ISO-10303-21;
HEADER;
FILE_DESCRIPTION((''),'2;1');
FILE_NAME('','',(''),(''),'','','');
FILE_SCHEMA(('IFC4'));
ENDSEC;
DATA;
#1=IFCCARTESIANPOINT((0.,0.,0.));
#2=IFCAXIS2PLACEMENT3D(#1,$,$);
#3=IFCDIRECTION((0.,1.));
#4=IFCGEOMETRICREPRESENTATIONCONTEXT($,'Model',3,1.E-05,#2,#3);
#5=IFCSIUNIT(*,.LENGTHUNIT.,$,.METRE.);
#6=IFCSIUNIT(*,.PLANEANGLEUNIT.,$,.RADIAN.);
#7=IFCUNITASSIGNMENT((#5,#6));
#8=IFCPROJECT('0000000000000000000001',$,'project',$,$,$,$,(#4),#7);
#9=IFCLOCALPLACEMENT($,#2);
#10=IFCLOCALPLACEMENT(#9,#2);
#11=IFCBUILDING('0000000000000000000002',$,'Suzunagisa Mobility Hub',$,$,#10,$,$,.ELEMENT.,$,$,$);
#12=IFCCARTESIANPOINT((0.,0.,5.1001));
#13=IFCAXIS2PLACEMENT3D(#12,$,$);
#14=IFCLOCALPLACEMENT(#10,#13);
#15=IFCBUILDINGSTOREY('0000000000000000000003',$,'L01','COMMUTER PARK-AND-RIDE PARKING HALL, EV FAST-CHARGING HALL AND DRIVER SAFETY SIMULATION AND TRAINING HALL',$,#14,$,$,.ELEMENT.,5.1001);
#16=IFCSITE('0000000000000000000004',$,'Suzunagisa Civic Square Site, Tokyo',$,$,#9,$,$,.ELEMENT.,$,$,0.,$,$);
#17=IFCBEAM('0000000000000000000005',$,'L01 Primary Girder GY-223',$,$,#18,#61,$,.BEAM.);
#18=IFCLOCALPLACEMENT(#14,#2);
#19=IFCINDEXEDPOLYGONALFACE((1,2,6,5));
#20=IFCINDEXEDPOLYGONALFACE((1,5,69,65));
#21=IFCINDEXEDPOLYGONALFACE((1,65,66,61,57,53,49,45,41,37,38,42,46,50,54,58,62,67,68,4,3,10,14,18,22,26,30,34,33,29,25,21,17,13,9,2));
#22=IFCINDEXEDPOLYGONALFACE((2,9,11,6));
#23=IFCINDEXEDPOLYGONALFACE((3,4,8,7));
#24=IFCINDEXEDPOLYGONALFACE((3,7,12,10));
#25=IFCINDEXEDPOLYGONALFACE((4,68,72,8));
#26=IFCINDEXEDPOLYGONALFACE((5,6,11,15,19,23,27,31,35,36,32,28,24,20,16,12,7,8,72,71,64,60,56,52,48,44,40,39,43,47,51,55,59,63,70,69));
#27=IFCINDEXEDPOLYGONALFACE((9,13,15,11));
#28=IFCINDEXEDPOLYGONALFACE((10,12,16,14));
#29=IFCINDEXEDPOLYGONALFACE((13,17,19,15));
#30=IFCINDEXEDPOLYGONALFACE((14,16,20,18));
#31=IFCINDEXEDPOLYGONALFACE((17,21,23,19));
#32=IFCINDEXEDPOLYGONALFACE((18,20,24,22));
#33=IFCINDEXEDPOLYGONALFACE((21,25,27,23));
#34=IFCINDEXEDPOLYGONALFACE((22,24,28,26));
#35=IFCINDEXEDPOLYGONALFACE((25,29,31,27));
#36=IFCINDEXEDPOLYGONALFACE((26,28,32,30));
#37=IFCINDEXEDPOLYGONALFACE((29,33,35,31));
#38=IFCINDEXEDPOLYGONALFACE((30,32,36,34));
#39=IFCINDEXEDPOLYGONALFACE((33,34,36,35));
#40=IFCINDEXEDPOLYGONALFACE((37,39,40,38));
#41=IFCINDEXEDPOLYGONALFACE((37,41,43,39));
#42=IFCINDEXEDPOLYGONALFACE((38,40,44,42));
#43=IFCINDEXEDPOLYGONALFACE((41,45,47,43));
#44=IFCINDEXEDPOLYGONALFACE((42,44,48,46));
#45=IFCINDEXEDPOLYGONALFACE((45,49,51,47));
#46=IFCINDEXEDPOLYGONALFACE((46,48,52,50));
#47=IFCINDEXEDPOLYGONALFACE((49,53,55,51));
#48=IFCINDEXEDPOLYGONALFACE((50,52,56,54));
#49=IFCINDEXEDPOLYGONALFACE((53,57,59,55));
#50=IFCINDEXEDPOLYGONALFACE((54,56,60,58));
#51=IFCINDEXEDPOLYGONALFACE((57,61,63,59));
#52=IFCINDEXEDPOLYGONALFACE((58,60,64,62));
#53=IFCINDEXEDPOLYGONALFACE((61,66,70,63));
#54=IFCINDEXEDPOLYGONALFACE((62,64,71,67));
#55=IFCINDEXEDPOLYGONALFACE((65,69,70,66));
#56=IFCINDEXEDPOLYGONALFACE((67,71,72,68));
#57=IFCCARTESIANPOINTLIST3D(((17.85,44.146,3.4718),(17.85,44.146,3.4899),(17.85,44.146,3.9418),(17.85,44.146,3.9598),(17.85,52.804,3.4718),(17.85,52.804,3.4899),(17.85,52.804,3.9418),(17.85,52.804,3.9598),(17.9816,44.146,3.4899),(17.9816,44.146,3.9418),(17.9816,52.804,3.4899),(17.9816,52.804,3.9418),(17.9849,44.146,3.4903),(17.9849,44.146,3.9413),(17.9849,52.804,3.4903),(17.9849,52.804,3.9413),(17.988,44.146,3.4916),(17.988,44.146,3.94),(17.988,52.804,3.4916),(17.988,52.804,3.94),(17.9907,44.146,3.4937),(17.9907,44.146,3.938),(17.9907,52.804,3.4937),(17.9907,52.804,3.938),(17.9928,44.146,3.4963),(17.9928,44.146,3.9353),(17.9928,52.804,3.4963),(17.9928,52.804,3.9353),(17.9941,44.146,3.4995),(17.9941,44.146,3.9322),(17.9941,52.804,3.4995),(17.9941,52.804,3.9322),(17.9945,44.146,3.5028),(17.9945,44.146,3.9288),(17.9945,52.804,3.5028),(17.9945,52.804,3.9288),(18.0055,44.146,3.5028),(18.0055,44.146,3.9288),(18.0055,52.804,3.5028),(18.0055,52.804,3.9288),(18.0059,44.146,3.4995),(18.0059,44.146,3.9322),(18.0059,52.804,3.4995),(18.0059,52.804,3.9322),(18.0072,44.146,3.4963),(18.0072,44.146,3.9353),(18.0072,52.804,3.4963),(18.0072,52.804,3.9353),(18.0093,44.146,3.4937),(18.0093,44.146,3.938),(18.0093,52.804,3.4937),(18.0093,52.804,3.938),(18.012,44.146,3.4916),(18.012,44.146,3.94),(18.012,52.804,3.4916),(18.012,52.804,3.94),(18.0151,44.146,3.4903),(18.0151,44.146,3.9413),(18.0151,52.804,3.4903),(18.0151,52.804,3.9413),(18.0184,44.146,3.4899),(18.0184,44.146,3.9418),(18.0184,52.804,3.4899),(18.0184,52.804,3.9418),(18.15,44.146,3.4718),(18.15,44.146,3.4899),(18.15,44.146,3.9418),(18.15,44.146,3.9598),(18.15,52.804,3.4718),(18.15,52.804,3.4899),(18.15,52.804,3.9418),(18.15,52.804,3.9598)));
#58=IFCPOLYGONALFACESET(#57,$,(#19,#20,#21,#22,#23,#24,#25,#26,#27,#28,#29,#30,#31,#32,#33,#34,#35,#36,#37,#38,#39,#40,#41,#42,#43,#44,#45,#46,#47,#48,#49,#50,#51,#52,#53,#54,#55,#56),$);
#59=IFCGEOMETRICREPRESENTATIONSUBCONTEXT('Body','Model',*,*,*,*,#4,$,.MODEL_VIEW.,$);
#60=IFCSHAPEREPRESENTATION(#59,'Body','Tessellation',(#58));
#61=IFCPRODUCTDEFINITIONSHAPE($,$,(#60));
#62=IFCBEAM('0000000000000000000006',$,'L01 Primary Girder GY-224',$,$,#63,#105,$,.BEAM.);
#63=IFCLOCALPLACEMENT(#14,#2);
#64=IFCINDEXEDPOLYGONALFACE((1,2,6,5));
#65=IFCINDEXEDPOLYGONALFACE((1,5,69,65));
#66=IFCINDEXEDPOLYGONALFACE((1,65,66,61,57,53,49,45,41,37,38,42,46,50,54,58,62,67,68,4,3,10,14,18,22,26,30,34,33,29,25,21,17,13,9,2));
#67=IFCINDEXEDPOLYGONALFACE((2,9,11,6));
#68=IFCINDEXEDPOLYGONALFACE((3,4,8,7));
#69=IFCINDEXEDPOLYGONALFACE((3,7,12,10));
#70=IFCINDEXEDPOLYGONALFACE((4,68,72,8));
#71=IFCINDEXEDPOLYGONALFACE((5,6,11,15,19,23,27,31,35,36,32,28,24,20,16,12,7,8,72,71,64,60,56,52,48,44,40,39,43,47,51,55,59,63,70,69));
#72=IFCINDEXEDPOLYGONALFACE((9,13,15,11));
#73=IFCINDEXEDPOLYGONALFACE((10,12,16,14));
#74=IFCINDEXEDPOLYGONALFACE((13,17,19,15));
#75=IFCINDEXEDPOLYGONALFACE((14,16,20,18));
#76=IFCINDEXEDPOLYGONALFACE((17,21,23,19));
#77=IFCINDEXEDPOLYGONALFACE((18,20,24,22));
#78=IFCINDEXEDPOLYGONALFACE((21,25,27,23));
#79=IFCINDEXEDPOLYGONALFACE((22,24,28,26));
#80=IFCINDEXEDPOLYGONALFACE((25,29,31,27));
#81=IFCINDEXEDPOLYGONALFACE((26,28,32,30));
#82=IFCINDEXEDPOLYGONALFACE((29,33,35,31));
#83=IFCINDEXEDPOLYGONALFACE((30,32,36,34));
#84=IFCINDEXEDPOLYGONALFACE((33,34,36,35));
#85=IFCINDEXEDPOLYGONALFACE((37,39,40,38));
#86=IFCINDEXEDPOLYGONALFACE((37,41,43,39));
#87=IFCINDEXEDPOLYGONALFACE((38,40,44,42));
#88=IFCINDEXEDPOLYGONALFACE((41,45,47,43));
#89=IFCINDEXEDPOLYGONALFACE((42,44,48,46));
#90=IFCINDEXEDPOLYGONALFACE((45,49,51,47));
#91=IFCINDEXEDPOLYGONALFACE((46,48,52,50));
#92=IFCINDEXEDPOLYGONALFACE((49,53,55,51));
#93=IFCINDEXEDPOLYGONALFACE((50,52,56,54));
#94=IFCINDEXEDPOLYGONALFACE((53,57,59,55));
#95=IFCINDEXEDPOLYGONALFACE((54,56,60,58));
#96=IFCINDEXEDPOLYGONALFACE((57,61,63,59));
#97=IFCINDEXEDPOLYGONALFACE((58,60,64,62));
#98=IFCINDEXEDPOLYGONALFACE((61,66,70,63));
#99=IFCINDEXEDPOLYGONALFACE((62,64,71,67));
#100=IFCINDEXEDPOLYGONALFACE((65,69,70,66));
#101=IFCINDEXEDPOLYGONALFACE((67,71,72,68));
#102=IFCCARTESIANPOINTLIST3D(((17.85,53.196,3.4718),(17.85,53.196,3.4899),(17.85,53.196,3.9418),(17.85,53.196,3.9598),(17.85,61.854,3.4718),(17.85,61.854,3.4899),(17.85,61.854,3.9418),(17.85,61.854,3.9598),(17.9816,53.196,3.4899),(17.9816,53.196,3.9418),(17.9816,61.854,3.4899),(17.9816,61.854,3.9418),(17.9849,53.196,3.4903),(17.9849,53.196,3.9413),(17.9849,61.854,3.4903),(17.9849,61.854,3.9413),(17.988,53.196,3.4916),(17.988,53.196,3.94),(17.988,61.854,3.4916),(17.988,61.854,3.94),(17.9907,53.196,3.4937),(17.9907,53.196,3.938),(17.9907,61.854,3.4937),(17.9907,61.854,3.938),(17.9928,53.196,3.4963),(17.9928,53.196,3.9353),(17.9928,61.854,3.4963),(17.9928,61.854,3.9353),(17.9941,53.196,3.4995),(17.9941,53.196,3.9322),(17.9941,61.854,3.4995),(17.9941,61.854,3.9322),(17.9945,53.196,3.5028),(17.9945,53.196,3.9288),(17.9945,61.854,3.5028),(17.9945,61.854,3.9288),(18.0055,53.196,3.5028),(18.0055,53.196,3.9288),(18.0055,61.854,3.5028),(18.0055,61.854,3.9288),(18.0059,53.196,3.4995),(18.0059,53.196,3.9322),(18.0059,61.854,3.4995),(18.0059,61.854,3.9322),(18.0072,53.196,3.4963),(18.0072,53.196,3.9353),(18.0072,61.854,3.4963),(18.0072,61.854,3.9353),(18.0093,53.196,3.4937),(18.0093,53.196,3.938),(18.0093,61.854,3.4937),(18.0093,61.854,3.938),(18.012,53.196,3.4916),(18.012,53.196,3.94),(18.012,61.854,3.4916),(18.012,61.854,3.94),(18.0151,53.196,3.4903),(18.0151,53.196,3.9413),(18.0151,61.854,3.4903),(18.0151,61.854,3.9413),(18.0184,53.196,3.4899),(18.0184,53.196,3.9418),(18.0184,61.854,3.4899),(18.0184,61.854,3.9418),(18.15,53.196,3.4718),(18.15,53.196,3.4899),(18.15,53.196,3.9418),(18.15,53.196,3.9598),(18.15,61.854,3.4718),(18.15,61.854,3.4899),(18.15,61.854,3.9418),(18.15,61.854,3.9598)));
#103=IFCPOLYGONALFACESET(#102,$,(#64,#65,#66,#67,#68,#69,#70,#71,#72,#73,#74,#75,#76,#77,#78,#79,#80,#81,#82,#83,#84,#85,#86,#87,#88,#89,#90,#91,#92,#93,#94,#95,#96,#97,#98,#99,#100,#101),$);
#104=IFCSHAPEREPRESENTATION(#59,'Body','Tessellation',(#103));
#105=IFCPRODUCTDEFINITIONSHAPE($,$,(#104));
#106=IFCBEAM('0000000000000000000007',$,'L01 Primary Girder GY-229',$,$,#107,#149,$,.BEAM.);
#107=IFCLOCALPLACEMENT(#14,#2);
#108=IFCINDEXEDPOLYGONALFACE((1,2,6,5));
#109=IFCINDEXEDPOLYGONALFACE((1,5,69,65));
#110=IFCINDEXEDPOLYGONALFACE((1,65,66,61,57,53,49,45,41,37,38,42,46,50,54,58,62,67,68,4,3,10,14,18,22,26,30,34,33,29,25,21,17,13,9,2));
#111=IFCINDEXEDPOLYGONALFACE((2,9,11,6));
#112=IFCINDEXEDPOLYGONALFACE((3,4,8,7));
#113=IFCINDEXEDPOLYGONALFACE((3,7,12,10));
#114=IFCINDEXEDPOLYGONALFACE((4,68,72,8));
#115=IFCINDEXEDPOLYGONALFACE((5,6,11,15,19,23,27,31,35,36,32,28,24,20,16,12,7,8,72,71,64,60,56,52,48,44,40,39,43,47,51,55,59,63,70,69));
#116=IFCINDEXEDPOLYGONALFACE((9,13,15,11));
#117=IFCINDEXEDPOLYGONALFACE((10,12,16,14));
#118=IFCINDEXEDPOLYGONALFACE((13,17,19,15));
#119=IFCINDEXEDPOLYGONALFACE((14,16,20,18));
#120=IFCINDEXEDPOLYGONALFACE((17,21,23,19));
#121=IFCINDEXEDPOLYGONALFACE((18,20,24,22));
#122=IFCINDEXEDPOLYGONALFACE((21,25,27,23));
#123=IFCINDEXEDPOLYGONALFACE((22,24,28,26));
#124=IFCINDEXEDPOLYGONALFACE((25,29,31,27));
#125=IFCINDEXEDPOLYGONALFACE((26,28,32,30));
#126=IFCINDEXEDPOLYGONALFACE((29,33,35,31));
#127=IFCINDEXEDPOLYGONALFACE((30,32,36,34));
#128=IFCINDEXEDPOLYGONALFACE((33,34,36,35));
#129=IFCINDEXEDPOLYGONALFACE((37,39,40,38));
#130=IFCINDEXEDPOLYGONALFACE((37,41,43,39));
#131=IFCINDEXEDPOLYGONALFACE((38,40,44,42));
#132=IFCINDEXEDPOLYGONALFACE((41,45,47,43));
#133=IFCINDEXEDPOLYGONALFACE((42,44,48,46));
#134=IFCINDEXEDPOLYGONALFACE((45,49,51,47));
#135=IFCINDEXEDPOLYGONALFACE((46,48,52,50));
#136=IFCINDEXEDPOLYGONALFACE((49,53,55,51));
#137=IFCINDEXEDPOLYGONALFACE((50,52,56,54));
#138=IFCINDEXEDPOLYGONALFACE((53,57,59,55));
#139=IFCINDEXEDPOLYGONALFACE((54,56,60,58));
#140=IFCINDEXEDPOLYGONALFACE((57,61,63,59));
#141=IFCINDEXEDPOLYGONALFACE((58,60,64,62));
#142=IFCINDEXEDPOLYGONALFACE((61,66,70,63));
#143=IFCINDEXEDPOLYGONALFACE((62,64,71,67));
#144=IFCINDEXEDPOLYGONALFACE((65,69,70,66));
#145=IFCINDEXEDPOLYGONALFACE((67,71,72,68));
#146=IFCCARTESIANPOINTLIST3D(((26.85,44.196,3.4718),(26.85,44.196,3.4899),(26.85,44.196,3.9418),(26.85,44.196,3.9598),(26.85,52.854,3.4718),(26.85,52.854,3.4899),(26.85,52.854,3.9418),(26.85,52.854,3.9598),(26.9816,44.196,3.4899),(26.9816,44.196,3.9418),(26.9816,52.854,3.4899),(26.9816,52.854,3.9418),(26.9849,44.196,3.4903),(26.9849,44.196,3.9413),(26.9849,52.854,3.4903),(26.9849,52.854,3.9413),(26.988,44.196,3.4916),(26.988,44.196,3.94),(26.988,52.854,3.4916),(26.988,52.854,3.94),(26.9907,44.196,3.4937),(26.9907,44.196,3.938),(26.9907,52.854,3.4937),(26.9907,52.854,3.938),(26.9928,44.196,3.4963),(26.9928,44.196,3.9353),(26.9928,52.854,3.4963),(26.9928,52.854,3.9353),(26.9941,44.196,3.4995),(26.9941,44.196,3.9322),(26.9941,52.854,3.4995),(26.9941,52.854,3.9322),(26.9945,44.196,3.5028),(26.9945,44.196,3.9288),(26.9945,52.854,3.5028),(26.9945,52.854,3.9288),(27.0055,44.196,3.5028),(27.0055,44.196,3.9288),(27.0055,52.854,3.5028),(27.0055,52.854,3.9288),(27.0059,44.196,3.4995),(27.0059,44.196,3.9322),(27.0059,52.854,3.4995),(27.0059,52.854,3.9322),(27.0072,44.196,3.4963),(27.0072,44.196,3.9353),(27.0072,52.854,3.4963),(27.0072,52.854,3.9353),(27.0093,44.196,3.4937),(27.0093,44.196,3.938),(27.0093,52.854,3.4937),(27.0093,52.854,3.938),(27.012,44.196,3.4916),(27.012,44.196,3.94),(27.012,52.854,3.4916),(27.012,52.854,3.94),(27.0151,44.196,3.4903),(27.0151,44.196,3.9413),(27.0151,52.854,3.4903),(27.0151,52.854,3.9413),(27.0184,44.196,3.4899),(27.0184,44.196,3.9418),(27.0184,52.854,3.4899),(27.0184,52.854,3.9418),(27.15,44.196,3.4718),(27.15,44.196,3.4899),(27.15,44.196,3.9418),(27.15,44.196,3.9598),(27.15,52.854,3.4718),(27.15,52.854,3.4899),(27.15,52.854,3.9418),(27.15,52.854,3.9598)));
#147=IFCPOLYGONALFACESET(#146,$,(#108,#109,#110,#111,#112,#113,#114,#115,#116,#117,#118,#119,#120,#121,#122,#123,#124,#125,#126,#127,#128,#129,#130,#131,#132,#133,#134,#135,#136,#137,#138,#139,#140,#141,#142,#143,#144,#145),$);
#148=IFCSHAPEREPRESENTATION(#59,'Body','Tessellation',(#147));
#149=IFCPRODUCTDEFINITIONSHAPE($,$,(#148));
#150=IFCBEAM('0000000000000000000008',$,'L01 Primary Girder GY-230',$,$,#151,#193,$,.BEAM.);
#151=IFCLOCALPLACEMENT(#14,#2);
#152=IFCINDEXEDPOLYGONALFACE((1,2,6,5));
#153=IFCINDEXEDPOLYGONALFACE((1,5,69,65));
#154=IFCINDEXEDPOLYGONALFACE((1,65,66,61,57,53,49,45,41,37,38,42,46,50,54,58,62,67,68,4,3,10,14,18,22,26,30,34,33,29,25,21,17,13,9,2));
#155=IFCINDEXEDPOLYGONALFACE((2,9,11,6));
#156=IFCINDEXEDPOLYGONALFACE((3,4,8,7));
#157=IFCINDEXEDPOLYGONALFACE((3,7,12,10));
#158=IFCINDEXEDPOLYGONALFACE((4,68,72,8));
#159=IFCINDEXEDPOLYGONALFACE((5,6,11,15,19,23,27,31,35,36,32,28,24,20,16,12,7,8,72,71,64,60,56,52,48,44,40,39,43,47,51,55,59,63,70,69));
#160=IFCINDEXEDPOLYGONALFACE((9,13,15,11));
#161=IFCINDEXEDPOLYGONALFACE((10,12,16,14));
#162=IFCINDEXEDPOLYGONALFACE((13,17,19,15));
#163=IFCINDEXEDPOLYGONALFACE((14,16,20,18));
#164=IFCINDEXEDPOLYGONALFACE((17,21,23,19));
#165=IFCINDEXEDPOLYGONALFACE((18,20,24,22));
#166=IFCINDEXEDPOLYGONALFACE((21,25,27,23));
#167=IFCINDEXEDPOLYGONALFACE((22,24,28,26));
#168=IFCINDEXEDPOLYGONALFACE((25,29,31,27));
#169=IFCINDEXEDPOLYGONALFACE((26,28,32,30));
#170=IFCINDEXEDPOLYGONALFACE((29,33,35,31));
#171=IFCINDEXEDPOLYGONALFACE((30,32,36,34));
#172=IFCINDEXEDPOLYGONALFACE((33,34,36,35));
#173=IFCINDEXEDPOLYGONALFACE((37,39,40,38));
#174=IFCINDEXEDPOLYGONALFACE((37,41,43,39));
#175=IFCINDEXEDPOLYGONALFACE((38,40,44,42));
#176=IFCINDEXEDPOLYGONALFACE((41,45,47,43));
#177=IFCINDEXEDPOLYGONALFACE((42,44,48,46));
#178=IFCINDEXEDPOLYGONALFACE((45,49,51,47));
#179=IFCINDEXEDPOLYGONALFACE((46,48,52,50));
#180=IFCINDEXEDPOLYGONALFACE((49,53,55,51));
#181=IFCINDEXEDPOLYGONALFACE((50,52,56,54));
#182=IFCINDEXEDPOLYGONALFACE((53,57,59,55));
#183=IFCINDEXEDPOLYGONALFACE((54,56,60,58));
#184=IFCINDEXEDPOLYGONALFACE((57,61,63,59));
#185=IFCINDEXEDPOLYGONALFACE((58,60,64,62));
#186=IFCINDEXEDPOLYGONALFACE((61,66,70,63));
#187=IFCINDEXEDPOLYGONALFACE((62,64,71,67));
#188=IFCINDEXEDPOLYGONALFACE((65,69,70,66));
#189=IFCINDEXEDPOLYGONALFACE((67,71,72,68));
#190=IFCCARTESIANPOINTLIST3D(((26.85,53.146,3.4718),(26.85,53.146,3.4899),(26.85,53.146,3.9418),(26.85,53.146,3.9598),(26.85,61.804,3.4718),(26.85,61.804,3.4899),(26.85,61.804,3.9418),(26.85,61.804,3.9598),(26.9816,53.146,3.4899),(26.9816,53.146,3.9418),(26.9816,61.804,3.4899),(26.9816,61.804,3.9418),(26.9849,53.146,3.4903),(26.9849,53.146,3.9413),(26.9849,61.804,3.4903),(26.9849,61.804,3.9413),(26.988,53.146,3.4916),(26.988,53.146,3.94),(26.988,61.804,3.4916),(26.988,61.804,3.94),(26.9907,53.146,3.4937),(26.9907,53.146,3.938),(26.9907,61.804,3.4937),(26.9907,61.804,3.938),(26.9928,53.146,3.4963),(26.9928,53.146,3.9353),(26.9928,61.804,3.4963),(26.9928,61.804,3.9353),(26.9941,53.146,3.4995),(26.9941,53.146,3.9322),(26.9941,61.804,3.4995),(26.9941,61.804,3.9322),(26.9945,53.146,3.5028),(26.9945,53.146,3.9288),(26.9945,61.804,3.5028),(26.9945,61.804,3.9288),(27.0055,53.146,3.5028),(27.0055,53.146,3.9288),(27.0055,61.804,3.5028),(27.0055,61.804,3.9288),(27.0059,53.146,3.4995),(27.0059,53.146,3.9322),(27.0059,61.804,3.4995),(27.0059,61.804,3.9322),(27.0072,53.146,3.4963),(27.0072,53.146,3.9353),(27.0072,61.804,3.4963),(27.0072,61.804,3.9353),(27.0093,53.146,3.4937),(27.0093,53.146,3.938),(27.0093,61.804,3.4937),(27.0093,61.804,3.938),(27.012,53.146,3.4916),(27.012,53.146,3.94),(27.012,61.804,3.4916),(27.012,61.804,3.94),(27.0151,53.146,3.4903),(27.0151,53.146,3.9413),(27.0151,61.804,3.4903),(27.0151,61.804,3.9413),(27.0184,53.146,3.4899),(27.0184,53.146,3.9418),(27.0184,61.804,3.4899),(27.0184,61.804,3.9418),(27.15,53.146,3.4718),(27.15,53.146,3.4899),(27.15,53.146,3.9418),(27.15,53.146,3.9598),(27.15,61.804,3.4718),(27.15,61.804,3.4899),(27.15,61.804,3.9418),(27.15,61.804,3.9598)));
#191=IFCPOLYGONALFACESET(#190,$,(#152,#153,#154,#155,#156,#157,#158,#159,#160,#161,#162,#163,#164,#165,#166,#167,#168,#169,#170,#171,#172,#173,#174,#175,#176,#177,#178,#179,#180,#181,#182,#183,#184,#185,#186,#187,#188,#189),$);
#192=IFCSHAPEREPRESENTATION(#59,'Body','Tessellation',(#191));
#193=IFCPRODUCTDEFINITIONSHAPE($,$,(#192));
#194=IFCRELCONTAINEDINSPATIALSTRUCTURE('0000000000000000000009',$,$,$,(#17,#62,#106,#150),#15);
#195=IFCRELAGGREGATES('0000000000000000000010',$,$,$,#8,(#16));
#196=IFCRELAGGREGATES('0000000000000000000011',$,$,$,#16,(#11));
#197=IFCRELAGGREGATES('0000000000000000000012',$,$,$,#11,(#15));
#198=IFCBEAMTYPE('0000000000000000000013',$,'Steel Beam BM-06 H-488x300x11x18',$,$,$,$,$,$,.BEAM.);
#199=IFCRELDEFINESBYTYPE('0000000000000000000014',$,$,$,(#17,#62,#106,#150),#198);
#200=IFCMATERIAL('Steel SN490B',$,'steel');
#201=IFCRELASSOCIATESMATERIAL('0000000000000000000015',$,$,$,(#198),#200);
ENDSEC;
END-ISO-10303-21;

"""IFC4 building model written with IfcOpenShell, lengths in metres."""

from ifc_helpers import new_model, si_unit, direction, frame, origin, origin_2d, place, context, subcontext, project, spatial, i_section, extrude, material, material_profile, profile_set, type_object, element, save


model = new_model("IFC4")

# Units and contexts
model_context = context("Model", 3, precision=1e-05, world=origin(), true_north=direction((0.0, 1.0)))
body_context = subcontext(model_context, "Body", "Model", "MODEL_VIEW")
ifc_project = project(units=[si_unit("LENGTHUNIT", "METRE"), si_unit("PLANEANGLEUNIT", "RADIAN")], contexts=[model_context])

# Site, building, storey
site_placement = place(None, origin())
site = spatial("IfcSite", under=ifc_project, at=site_placement, Name="Suzunagisa Civic Square Site, Tokyo", CompositionType="ELEMENT", RefElevation=0.0)
building_placement = place(site_placement, origin())
building = spatial("IfcBuilding", under=site, at=building_placement, Name="Suzunagisa Mobility Hub", CompositionType="ELEMENT")
storey_placement = place(building_placement, frame((0.0, 0.0, 5.1001)))
storey = spatial("IfcBuildingStorey", under=building, at=storey_placement, Name="L01", Description="COMMUTER PARK-AND-RIDE PARKING HALL, EV FAST-CHARGING HALL AND DRIVER SAFETY SIMULATION AND TRAINING HALL", CompositionType="ELEMENT", Elevation=5.1001)

# Shared definitions
ifc_material_1 = material(Name="Steel SN490B", Category="steel")

# Beams
ifc_material_profile_1 = material_profile(ifc_material_1, i_section(OverallWidth=0.3, OverallDepth=0.488, WebThickness=0.011, FlangeThickness=0.0181, FilletRadius=0.0129, at=origin_2d()), Name="H-488x300x11x18")
ifc_profile_set_1 = profile_set([ifc_material_profile_1], Name="Steel SN490B")
beam_type_1 = type_object("IfcBeamType", Name="Steel Beam BM-06 H-488x300x11x18", PredefinedType="BEAM", material=ifc_profile_set_1)
for number, where, z_axis, x_axis, name in (
    (1, (18.0, 44.146, 3.7158), (0.0, 1.0, 0.0), (-1.0, 0.0, 0.0), "L01 Primary Girder GY-223"),
    (2, (18.0, 53.196, 3.7158), (0.0, 1.0, 0.0), (-1.0, 0.0, 0.0), "L01 Primary Girder GY-224"),
    (3, (27.0, 44.196, 3.7158), (0.0, 1.0, 0.0), (-1.0, 0.0, 0.0), "L01 Primary Girder GY-229"),
    (4, (27.0, 53.146, 3.7158), (0.0, 1.0, 0.0), (-1.0, 0.0, 0.0), "L01 Primary Girder GY-230"),
):
    element("IfcBeam", number, at=place(storey_placement, frame(where, z_axis=z_axis, x_axis=x_axis)), inside=storey, type_object=beam_type_1, Name=name, PredefinedType="BEAM", context=body_context, shape_type="SweptSolid", body=[
        extrude(i_section(OverallWidth=0.3, OverallDepth=0.488, WebThickness=0.011, FlangeThickness=0.0181, FilletRadius=0.0129, at=origin_2d()), origin(), (0.0, 0.0, 1.0), 8.658),
    ])

save(model, "model.ifc")
